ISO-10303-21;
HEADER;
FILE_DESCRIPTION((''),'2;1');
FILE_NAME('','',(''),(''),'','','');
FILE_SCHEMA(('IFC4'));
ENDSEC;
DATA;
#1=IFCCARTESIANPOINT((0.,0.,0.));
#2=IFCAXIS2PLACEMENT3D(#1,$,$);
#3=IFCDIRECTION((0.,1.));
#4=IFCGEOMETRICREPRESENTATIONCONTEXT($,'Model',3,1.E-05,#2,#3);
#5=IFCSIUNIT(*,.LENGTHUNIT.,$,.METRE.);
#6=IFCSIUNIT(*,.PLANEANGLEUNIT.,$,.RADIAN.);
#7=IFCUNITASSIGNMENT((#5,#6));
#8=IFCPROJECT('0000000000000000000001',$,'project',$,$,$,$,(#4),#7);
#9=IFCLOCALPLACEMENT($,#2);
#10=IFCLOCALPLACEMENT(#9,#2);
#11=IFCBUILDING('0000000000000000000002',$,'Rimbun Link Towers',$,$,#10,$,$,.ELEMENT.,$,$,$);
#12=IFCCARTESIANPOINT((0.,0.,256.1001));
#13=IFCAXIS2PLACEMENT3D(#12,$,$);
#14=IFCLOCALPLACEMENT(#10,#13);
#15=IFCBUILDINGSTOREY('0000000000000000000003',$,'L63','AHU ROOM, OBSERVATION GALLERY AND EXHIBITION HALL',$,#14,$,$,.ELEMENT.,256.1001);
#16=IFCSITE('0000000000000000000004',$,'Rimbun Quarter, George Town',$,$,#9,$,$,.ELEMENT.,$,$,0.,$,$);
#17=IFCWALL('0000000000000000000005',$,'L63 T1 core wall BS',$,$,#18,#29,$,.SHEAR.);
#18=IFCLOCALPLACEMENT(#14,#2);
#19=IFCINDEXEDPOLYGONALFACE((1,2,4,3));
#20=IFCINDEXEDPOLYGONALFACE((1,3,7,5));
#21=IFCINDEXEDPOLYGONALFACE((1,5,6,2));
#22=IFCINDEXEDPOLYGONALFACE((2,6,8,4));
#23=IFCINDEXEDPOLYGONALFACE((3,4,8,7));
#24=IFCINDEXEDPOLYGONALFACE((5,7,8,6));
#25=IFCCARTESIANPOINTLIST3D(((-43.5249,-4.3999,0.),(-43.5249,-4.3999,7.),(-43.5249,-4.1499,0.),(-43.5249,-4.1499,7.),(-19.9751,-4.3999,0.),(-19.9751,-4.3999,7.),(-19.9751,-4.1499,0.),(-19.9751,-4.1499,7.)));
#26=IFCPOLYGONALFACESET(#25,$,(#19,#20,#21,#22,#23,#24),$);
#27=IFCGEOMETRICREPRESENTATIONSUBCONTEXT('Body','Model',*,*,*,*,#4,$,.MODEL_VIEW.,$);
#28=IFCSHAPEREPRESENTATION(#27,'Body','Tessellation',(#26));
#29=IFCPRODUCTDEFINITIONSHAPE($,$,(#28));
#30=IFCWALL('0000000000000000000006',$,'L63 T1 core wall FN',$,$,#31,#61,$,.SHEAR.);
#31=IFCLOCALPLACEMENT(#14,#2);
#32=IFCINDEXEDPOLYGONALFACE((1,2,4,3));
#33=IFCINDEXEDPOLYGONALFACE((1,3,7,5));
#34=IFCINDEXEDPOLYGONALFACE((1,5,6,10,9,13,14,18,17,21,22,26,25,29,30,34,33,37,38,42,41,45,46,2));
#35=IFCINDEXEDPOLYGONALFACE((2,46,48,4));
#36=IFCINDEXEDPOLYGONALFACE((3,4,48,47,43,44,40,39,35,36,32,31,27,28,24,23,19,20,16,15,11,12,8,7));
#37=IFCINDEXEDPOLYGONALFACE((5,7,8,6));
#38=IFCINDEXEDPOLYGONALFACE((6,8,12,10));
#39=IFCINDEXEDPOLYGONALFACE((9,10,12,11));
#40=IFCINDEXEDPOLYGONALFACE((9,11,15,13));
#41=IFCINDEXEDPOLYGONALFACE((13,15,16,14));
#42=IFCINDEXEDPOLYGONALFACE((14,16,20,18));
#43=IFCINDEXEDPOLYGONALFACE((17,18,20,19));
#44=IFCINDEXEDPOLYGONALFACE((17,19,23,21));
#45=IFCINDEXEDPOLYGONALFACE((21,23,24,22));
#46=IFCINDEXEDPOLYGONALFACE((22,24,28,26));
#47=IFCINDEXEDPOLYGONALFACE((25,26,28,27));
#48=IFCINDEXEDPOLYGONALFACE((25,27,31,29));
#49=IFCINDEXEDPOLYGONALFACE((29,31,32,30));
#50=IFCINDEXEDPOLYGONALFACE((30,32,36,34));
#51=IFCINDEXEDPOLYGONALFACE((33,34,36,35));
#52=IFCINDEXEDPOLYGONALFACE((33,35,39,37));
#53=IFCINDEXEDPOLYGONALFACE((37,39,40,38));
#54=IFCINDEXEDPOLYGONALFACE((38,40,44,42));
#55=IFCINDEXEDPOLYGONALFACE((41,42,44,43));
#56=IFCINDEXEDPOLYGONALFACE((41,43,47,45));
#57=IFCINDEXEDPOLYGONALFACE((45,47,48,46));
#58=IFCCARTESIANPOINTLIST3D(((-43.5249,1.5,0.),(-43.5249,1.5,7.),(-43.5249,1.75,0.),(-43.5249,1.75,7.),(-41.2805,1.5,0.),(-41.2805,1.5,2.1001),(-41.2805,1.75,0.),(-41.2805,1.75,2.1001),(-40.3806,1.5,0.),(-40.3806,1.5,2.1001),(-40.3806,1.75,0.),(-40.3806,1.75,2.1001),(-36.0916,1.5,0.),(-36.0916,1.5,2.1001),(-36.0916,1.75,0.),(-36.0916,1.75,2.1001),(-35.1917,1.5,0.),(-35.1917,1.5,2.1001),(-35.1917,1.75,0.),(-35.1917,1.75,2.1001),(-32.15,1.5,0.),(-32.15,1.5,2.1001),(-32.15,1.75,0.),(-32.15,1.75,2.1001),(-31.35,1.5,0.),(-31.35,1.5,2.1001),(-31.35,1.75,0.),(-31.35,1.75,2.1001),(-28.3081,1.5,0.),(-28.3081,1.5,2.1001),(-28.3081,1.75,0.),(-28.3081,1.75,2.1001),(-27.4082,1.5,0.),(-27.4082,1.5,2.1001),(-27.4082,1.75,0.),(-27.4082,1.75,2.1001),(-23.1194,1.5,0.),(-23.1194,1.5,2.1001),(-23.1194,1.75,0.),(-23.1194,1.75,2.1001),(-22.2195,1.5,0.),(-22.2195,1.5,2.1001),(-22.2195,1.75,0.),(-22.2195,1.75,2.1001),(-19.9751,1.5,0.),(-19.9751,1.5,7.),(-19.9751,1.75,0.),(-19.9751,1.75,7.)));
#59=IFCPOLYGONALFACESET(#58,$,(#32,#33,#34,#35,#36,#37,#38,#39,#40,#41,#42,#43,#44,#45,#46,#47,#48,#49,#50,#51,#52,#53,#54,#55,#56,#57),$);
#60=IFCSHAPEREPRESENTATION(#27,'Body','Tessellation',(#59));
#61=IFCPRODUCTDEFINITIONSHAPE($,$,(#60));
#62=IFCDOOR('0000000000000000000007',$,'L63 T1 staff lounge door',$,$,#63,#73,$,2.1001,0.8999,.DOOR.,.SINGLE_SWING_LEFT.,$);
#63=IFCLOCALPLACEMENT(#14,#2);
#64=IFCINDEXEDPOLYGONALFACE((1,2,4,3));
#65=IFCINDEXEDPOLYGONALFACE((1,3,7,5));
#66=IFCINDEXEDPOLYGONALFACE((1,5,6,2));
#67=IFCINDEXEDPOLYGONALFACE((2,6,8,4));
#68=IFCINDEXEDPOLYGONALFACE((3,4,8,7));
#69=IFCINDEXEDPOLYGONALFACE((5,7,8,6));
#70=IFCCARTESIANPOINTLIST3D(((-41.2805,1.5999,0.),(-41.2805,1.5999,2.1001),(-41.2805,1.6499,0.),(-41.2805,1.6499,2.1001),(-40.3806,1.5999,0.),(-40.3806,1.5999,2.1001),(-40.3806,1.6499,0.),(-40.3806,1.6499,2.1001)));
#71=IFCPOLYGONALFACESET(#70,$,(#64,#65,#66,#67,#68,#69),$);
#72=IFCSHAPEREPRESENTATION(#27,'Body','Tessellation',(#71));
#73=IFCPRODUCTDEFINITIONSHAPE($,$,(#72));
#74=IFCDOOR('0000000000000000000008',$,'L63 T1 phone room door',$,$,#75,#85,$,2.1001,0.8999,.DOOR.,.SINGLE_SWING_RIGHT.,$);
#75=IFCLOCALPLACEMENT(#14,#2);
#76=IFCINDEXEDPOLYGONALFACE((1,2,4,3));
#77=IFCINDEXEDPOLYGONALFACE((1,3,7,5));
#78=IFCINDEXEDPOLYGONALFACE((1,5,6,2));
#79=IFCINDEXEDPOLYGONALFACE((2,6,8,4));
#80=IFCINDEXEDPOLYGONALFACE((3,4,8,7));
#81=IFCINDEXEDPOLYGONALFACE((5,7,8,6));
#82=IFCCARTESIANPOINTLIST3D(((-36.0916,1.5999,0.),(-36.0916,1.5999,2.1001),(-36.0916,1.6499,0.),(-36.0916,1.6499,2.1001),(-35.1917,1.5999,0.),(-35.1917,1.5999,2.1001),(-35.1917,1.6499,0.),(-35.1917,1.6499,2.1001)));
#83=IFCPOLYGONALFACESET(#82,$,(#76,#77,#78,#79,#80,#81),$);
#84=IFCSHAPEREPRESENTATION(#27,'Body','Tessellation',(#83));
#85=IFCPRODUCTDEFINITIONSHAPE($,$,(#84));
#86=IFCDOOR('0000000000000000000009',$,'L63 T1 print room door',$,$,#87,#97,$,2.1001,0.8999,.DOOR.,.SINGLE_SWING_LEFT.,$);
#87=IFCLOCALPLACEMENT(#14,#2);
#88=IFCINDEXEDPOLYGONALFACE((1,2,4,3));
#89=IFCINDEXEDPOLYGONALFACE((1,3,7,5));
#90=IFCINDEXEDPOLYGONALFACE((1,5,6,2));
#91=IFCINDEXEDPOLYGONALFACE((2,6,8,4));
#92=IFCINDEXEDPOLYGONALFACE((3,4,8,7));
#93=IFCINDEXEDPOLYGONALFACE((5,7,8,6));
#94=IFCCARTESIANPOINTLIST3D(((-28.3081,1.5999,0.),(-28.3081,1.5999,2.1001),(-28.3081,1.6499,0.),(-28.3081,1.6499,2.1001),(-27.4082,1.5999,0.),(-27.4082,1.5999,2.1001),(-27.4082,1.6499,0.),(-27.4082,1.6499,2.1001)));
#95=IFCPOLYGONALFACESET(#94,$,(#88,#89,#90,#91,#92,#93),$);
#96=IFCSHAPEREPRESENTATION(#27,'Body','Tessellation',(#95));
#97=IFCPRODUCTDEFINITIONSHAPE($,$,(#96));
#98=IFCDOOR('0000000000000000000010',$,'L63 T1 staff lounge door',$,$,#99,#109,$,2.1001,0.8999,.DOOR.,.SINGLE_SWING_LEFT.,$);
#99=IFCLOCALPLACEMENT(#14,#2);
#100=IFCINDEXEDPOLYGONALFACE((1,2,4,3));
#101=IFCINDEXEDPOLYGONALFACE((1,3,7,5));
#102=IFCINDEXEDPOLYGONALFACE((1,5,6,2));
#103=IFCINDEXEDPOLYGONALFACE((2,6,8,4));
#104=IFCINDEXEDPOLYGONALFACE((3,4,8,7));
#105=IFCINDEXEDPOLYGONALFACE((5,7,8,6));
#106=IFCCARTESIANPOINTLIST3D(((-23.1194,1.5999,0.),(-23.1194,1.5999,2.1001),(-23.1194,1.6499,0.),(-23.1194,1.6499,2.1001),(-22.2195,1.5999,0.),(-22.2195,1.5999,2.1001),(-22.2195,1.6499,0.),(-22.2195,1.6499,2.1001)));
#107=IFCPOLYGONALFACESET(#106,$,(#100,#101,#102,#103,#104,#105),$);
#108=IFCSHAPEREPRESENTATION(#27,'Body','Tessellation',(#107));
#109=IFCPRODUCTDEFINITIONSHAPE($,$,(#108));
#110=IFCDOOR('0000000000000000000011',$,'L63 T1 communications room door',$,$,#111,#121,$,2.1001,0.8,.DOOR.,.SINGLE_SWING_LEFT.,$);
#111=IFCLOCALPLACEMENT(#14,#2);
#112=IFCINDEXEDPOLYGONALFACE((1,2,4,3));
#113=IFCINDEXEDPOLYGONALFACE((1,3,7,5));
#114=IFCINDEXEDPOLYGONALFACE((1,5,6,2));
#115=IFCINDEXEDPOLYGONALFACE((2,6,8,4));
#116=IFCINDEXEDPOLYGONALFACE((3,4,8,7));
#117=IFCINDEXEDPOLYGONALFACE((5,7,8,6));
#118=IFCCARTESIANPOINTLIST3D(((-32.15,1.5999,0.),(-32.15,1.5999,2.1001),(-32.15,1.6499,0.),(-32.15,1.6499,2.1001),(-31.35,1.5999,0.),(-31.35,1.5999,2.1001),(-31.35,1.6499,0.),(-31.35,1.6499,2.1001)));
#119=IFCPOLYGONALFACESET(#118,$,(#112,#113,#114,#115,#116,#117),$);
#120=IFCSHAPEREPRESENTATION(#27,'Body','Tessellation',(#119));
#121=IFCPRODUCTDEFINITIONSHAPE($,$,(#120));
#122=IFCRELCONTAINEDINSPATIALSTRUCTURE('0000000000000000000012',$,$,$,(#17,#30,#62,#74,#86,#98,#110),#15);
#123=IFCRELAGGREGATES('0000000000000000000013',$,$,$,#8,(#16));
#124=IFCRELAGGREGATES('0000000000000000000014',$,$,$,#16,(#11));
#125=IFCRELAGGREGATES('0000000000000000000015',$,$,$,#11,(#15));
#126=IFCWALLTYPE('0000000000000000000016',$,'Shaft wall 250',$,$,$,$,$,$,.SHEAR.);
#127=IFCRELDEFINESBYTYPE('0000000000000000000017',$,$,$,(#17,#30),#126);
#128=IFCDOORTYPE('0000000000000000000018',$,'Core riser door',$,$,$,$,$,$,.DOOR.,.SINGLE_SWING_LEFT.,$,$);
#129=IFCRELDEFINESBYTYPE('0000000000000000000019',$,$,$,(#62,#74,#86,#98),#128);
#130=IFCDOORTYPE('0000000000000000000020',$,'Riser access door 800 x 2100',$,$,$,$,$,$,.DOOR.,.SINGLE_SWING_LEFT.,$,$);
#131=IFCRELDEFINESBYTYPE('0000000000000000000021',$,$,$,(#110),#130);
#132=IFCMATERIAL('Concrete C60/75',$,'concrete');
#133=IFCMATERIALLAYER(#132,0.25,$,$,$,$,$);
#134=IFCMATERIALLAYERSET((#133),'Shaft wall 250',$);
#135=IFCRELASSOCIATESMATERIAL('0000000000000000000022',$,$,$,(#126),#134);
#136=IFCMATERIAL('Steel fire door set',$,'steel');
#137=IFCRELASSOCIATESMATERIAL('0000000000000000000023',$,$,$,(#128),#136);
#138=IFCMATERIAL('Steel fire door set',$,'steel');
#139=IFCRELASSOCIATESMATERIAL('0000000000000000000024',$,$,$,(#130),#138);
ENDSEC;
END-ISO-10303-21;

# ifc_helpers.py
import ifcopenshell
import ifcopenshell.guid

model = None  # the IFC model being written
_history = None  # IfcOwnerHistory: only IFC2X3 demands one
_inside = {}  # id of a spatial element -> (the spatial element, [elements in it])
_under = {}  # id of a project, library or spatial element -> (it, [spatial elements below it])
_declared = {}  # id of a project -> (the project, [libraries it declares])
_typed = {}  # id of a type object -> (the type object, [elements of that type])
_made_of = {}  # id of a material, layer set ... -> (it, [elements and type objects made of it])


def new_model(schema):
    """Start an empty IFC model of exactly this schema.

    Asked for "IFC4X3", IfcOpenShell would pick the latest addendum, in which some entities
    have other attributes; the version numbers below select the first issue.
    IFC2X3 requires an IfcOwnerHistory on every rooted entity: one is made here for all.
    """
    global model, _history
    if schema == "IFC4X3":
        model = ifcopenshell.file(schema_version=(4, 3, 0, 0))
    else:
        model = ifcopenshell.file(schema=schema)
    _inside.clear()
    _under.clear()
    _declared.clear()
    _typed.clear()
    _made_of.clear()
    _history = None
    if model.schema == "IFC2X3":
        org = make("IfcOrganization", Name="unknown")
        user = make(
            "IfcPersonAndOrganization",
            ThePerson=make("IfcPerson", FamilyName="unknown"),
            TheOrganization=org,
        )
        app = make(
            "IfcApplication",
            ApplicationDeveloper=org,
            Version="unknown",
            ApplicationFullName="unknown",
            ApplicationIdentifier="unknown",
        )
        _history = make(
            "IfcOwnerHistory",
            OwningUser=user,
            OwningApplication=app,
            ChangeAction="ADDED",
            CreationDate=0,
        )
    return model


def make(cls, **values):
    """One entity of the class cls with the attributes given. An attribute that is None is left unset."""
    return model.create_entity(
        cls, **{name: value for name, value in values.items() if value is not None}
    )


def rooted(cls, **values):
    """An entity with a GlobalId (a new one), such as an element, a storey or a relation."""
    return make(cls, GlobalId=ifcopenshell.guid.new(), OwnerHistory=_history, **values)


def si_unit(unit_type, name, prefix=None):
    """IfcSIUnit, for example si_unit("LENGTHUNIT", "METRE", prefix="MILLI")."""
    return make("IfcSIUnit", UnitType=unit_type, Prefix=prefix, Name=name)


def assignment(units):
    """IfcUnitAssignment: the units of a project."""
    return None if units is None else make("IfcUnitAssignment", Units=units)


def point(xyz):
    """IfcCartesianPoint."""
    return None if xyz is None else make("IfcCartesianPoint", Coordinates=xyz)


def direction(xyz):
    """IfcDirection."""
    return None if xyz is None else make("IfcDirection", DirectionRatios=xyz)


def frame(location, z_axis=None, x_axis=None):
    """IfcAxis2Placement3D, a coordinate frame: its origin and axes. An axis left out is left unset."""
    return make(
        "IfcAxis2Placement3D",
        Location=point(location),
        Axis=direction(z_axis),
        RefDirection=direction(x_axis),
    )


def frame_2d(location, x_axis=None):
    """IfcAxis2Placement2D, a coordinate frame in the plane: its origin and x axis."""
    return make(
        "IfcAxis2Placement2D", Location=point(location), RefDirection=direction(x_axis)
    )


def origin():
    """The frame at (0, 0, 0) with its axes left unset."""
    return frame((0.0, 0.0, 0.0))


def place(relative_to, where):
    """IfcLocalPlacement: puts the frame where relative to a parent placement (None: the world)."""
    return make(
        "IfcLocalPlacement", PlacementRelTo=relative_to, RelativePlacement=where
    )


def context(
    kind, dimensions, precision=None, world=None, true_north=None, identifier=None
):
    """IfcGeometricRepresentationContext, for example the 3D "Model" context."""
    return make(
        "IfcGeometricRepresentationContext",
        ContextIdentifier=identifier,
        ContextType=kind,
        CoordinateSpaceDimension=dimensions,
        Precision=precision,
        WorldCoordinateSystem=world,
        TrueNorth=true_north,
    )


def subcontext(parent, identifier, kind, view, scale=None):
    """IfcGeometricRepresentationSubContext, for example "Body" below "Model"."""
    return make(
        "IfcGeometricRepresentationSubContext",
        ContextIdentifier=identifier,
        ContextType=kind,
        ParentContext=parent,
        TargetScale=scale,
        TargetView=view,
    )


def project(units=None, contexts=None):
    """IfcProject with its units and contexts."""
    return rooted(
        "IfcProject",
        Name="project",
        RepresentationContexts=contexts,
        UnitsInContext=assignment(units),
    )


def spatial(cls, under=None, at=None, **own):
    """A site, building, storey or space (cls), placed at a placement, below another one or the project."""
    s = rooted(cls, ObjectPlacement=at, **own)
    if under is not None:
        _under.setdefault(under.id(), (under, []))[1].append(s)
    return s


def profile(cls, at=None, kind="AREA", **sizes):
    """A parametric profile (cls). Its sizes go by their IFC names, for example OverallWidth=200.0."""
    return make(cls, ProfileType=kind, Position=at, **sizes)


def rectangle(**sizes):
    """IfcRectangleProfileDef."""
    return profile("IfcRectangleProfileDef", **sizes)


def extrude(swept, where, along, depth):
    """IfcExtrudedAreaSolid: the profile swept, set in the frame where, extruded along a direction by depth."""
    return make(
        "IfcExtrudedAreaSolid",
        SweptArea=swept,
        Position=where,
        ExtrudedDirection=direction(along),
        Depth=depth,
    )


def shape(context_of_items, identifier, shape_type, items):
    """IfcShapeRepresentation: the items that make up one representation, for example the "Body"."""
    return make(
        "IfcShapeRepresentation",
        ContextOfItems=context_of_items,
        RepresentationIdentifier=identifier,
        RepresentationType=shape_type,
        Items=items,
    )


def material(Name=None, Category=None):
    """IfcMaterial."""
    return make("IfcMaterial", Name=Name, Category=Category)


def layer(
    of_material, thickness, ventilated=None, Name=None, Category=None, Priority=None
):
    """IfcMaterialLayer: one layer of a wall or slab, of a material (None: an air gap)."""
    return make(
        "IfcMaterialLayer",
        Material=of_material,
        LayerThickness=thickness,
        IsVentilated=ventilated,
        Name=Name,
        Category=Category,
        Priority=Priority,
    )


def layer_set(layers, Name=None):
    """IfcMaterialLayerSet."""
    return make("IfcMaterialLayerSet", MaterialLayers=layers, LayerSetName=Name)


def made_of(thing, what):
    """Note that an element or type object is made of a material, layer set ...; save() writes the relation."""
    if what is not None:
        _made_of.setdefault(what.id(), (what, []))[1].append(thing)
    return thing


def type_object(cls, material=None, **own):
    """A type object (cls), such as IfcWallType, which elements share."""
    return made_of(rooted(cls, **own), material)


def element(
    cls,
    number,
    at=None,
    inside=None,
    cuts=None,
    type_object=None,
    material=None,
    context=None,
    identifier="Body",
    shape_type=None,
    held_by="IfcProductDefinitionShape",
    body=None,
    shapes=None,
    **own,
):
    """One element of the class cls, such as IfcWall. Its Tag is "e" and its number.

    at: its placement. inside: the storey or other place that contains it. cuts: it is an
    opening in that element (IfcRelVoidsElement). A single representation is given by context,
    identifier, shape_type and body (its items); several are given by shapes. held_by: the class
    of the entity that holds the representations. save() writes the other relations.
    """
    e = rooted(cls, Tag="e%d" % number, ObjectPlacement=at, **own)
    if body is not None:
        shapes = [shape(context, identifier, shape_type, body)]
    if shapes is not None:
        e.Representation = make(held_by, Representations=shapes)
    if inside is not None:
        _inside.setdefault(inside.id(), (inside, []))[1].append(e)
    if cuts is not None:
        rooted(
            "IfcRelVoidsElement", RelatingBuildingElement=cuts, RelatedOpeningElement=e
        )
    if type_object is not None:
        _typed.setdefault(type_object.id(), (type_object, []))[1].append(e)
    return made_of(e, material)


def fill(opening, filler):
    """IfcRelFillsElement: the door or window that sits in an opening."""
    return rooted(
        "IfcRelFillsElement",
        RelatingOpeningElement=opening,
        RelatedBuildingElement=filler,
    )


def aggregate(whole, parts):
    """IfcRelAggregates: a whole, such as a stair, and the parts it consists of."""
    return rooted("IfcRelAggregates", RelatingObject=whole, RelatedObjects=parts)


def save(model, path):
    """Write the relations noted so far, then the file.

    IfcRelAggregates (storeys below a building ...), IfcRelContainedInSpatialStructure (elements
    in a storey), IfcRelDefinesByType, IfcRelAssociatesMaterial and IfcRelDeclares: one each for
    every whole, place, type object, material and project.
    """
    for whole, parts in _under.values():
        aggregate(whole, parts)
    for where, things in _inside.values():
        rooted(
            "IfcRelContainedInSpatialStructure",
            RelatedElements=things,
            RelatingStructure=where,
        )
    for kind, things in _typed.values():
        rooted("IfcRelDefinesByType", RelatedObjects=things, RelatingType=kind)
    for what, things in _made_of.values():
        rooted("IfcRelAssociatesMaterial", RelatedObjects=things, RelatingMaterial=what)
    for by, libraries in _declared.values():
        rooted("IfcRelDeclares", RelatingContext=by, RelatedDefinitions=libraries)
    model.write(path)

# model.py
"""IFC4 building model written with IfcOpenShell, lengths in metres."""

from ifc_helpers import new_model, si_unit, direction, frame, frame_2d, origin, place, context, subcontext, project, spatial, rectangle, extrude, material, layer, layer_set, type_object, element, fill, save


model = new_model("IFC4")

# Units and contexts
model_context = context("Model", 3, precision=1e-05, world=origin(), true_north=direction((0.0, 1.0)))
body_context = subcontext(model_context, "Body", "Model", "MODEL_VIEW")
ifc_project = project(units=[si_unit("LENGTHUNIT", "METRE"), si_unit("PLANEANGLEUNIT", "RADIAN")], contexts=[model_context])

# Site, building, storey
site_placement = place(None, origin())
site = spatial("IfcSite", under=ifc_project, at=site_placement, Name="Rimbun Quarter, George Town", CompositionType="ELEMENT", RefElevation=0.0)
building_placement = place(site_placement, origin())
building = spatial("IfcBuilding", under=site, at=building_placement, Name="Rimbun Link Towers", CompositionType="ELEMENT")
storey_placement = place(building_placement, frame((0.0, 0.0, 256.1001)))
storey = spatial("IfcBuildingStorey", under=building, at=storey_placement, Name="L63", Description="AHU ROOM, OBSERVATION GALLERY AND EXHIBITION HALL", CompositionType="ELEMENT", Elevation=256.1001)

# Wall
ifc_material_1 = material(Name="Concrete C60/75", Category="concrete")
ifc_layer = layer(ifc_material_1, 0.25)
ifc_layer_set = layer_set([ifc_layer], Name="Shaft wall 250")
wall_type = type_object("IfcWallType", Name="Shaft wall 250", PredefinedType="SHEAR", material=ifc_layer_set)
wall_1_placement = place(storey_placement, frame((-43.5249, -4.2749, 0.0), z_axis=(0.0, 0.0, 1.0), x_axis=(1.0, 0.0, 0.0)))
element("IfcWall", 1, at=wall_1_placement, inside=storey, type_object=wall_type, Name="L63 T1 core wall BS", PredefinedType="SHEAR", context=body_context, shape_type="SweptSolid", body=[
    extrude(rectangle(XDim=23.5498, YDim=0.25, at=frame_2d((11.7749, 0.0))), origin(), (0.0, 0.0, 1.0), 7.0),
])

# Wall, openings, doors
wall_2_placement = place(storey_placement, frame((-43.5249, 1.625, 0.0), z_axis=(0.0, 0.0, 1.0), x_axis=(1.0, 0.0, 0.0)))
wall_2 = element("IfcWall", 2, at=wall_2_placement, inside=storey, type_object=wall_type, Name="L63 T1 core wall FN", PredefinedType="SHEAR", context=body_context, shape_type="SweptSolid", body=[
    extrude(rectangle(XDim=23.5498, YDim=0.25, at=frame_2d((11.7749, 0.0))), origin(), (0.0, 0.0, 1.0), 7.0),
])
opening_1_placement = place(wall_2_placement, frame((2.2444, 0.0, 0.0)))
opening_1 = element("IfcOpeningElement", 3, at=opening_1_placement, cuts=wall_2, PredefinedType="OPENING", context=body_context, shape_type="SweptSolid", body=[
    extrude(rectangle(XDim=0.8999, YDim=2.1001, at=frame_2d((0.45, 1.05))), frame((0.0, 0.135, 0.0), z_axis=(0.0, -1.0, 0.0), x_axis=(1.0, 0.0, 0.0)), (0.0, 0.0, 1.0), 0.27),
])
opening_2_placement = place(wall_2_placement, frame((7.4333, 0.0, 0.0)))
opening_2 = element("IfcOpeningElement", 4, at=opening_2_placement, cuts=wall_2, PredefinedType="OPENING", context=body_context, shape_type="SweptSolid", body=[
    extrude(rectangle(XDim=0.8999, YDim=2.1001, at=frame_2d((0.45, 1.05))), frame((0.0, 0.135, 0.0), z_axis=(0.0, -1.0, 0.0), x_axis=(1.0, 0.0, 0.0)), (0.0, 0.0, 1.0), 0.27),
])
opening_3_placement = place(wall_2_placement, frame((11.375, 0.0, 0.0)))
opening_3 = element("IfcOpeningElement", 5, at=opening_3_placement, cuts=wall_2, PredefinedType="OPENING", context=body_context, shape_type="SweptSolid", body=[
    extrude(rectangle(XDim=0.8, YDim=2.1001, at=frame_2d((0.3999, 1.05))), frame((0.0, 0.135, 0.0), z_axis=(0.0, -1.0, 0.0), x_axis=(1.0, 0.0, 0.0)), (0.0, 0.0, 1.0), 0.27),
])
opening_4_placement = place(wall_2_placement, frame((15.2168, 0.0, 0.0)))
opening_4 = element("IfcOpeningElement", 6, at=opening_4_placement, cuts=wall_2, PredefinedType="OPENING", context=body_context, shape_type="SweptSolid", body=[
    extrude(rectangle(XDim=0.8999, YDim=2.1001, at=frame_2d((0.45, 1.05))), frame((0.0, 0.135, 0.0), z_axis=(0.0, -1.0, 0.0), x_axis=(1.0, 0.0, 0.0)), (0.0, 0.0, 1.0), 0.27),
])
opening_5_placement = place(wall_2_placement, frame((20.4055, 0.0, 0.0)))
opening_5 = element("IfcOpeningElement", 7, at=opening_5_placement, cuts=wall_2, PredefinedType="OPENING", context=body_context, shape_type="SweptSolid", body=[
    extrude(rectangle(XDim=0.8999, YDim=2.1001, at=frame_2d((0.45, 1.05))), frame((0.0, 0.135, 0.0), z_axis=(0.0, -1.0, 0.0), x_axis=(1.0, 0.0, 0.0)), (0.0, 0.0, 1.0), 0.27),
])
ifc_material_2 = material(Name="Steel fire door set", Category="steel")
door_type_1 = type_object("IfcDoorType", Name="Core riser door", OperationType="SINGLE_SWING_LEFT", PredefinedType="DOOR", material=ifc_material_2)
door_1_placement = place(opening_1_placement, origin())
door_1 = element("IfcDoor", 8, at=door_1_placement, inside=storey, type_object=door_type_1, Name="L63 T1 staff lounge door", OperationType="SINGLE_SWING_LEFT", OverallHeight=2.1001, OverallWidth=0.8999, PredefinedType="DOOR", context=body_context, shape_type="SweptSolid", body=[
    extrude(rectangle(XDim=0.8999, YDim=2.1001, at=frame_2d((0.45, 1.05))), frame((0.0, 0.0249, 0.0), z_axis=(0.0, -1.0, 0.0), x_axis=(1.0, 0.0, 0.0)), (0.0, 0.0, 1.0), 0.05),
])
fill(opening_1, door_1)
door_2_placement = place(opening_2_placement, origin())
door_2 = element("IfcDoor", 9, at=door_2_placement, inside=storey, type_object=door_type_1, Name="L63 T1 phone room door", OperationType="SINGLE_SWING_RIGHT", OverallHeight=2.1001, OverallWidth=0.8999, PredefinedType="DOOR", context=body_context, shape_type="SweptSolid", body=[
    extrude(rectangle(XDim=0.8999, YDim=2.1001, at=frame_2d((0.45, 1.05))), frame((0.0, 0.0249, 0.0), z_axis=(0.0, -1.0, 0.0), x_axis=(1.0, 0.0, 0.0)), (0.0, 0.0, 1.0), 0.05),
])
fill(opening_2, door_2)
door_3_placement = place(opening_4_placement, origin())
door_3 = element("IfcDoor", 10, at=door_3_placement, inside=storey, type_object=door_type_1, Name="L63 T1 print room door", OperationType="SINGLE_SWING_LEFT", OverallHeight=2.1001, OverallWidth=0.8999, PredefinedType="DOOR", context=body_context, shape_type="SweptSolid", body=[
    extrude(rectangle(XDim=0.8999, YDim=2.1001, at=frame_2d((0.45, 1.05))), frame((0.0, 0.0249, 0.0), z_axis=(0.0, -1.0, 0.0), x_axis=(1.0, 0.0, 0.0)), (0.0, 0.0, 1.0), 0.05),
])
fill(opening_4, door_3)
door_4_placement = place(opening_5_placement, origin())
door_4 = element("IfcDoor", 11, at=door_4_placement, inside=storey, type_object=door_type_1, Name="L63 T1 staff lounge door", OperationType="SINGLE_SWING_LEFT", OverallHeight=2.1001, OverallWidth=0.8999, PredefinedType="DOOR", context=body_context, shape_type="SweptSolid", body=[
    extrude(rectangle(XDim=0.8999, YDim=2.1001, at=frame_2d((0.45, 1.05))), frame((0.0, 0.0249, 0.0), z_axis=(0.0, -1.0, 0.0), x_axis=(1.0, 0.0, 0.0)), (0.0, 0.0, 1.0), 0.05),
])
fill(opening_5, door_4)
ifc_material_3 = material(Name="Steel fire door set", Category="steel")
door_type_2 = type_object("IfcDoorType", Name="Riser access door 800 x 2100", OperationType="SINGLE_SWING_LEFT", PredefinedType="DOOR", material=ifc_material_3)
door_5_placement = place(opening_3_placement, origin())
door_5 = element("IfcDoor", 12, at=door_5_placement, inside=storey, type_object=door_type_2, Name="L63 T1 communications room door", OperationType="SINGLE_SWING_LEFT", OverallHeight=2.1001, OverallWidth=0.8, PredefinedType="DOOR", context=body_context, shape_type="SweptSolid", body=[
    extrude(rectangle(XDim=0.8, YDim=2.1001, at=frame_2d((0.3999, 1.05))), frame((0.0, 0.0249, 0.0), z_axis=(0.0, -1.0, 0.0), x_axis=(1.0, 0.0, 0.0)), (0.0, 0.0, 1.0), 0.05),
])
fill(opening_3, door_5)

save(model, "model.ifc")
